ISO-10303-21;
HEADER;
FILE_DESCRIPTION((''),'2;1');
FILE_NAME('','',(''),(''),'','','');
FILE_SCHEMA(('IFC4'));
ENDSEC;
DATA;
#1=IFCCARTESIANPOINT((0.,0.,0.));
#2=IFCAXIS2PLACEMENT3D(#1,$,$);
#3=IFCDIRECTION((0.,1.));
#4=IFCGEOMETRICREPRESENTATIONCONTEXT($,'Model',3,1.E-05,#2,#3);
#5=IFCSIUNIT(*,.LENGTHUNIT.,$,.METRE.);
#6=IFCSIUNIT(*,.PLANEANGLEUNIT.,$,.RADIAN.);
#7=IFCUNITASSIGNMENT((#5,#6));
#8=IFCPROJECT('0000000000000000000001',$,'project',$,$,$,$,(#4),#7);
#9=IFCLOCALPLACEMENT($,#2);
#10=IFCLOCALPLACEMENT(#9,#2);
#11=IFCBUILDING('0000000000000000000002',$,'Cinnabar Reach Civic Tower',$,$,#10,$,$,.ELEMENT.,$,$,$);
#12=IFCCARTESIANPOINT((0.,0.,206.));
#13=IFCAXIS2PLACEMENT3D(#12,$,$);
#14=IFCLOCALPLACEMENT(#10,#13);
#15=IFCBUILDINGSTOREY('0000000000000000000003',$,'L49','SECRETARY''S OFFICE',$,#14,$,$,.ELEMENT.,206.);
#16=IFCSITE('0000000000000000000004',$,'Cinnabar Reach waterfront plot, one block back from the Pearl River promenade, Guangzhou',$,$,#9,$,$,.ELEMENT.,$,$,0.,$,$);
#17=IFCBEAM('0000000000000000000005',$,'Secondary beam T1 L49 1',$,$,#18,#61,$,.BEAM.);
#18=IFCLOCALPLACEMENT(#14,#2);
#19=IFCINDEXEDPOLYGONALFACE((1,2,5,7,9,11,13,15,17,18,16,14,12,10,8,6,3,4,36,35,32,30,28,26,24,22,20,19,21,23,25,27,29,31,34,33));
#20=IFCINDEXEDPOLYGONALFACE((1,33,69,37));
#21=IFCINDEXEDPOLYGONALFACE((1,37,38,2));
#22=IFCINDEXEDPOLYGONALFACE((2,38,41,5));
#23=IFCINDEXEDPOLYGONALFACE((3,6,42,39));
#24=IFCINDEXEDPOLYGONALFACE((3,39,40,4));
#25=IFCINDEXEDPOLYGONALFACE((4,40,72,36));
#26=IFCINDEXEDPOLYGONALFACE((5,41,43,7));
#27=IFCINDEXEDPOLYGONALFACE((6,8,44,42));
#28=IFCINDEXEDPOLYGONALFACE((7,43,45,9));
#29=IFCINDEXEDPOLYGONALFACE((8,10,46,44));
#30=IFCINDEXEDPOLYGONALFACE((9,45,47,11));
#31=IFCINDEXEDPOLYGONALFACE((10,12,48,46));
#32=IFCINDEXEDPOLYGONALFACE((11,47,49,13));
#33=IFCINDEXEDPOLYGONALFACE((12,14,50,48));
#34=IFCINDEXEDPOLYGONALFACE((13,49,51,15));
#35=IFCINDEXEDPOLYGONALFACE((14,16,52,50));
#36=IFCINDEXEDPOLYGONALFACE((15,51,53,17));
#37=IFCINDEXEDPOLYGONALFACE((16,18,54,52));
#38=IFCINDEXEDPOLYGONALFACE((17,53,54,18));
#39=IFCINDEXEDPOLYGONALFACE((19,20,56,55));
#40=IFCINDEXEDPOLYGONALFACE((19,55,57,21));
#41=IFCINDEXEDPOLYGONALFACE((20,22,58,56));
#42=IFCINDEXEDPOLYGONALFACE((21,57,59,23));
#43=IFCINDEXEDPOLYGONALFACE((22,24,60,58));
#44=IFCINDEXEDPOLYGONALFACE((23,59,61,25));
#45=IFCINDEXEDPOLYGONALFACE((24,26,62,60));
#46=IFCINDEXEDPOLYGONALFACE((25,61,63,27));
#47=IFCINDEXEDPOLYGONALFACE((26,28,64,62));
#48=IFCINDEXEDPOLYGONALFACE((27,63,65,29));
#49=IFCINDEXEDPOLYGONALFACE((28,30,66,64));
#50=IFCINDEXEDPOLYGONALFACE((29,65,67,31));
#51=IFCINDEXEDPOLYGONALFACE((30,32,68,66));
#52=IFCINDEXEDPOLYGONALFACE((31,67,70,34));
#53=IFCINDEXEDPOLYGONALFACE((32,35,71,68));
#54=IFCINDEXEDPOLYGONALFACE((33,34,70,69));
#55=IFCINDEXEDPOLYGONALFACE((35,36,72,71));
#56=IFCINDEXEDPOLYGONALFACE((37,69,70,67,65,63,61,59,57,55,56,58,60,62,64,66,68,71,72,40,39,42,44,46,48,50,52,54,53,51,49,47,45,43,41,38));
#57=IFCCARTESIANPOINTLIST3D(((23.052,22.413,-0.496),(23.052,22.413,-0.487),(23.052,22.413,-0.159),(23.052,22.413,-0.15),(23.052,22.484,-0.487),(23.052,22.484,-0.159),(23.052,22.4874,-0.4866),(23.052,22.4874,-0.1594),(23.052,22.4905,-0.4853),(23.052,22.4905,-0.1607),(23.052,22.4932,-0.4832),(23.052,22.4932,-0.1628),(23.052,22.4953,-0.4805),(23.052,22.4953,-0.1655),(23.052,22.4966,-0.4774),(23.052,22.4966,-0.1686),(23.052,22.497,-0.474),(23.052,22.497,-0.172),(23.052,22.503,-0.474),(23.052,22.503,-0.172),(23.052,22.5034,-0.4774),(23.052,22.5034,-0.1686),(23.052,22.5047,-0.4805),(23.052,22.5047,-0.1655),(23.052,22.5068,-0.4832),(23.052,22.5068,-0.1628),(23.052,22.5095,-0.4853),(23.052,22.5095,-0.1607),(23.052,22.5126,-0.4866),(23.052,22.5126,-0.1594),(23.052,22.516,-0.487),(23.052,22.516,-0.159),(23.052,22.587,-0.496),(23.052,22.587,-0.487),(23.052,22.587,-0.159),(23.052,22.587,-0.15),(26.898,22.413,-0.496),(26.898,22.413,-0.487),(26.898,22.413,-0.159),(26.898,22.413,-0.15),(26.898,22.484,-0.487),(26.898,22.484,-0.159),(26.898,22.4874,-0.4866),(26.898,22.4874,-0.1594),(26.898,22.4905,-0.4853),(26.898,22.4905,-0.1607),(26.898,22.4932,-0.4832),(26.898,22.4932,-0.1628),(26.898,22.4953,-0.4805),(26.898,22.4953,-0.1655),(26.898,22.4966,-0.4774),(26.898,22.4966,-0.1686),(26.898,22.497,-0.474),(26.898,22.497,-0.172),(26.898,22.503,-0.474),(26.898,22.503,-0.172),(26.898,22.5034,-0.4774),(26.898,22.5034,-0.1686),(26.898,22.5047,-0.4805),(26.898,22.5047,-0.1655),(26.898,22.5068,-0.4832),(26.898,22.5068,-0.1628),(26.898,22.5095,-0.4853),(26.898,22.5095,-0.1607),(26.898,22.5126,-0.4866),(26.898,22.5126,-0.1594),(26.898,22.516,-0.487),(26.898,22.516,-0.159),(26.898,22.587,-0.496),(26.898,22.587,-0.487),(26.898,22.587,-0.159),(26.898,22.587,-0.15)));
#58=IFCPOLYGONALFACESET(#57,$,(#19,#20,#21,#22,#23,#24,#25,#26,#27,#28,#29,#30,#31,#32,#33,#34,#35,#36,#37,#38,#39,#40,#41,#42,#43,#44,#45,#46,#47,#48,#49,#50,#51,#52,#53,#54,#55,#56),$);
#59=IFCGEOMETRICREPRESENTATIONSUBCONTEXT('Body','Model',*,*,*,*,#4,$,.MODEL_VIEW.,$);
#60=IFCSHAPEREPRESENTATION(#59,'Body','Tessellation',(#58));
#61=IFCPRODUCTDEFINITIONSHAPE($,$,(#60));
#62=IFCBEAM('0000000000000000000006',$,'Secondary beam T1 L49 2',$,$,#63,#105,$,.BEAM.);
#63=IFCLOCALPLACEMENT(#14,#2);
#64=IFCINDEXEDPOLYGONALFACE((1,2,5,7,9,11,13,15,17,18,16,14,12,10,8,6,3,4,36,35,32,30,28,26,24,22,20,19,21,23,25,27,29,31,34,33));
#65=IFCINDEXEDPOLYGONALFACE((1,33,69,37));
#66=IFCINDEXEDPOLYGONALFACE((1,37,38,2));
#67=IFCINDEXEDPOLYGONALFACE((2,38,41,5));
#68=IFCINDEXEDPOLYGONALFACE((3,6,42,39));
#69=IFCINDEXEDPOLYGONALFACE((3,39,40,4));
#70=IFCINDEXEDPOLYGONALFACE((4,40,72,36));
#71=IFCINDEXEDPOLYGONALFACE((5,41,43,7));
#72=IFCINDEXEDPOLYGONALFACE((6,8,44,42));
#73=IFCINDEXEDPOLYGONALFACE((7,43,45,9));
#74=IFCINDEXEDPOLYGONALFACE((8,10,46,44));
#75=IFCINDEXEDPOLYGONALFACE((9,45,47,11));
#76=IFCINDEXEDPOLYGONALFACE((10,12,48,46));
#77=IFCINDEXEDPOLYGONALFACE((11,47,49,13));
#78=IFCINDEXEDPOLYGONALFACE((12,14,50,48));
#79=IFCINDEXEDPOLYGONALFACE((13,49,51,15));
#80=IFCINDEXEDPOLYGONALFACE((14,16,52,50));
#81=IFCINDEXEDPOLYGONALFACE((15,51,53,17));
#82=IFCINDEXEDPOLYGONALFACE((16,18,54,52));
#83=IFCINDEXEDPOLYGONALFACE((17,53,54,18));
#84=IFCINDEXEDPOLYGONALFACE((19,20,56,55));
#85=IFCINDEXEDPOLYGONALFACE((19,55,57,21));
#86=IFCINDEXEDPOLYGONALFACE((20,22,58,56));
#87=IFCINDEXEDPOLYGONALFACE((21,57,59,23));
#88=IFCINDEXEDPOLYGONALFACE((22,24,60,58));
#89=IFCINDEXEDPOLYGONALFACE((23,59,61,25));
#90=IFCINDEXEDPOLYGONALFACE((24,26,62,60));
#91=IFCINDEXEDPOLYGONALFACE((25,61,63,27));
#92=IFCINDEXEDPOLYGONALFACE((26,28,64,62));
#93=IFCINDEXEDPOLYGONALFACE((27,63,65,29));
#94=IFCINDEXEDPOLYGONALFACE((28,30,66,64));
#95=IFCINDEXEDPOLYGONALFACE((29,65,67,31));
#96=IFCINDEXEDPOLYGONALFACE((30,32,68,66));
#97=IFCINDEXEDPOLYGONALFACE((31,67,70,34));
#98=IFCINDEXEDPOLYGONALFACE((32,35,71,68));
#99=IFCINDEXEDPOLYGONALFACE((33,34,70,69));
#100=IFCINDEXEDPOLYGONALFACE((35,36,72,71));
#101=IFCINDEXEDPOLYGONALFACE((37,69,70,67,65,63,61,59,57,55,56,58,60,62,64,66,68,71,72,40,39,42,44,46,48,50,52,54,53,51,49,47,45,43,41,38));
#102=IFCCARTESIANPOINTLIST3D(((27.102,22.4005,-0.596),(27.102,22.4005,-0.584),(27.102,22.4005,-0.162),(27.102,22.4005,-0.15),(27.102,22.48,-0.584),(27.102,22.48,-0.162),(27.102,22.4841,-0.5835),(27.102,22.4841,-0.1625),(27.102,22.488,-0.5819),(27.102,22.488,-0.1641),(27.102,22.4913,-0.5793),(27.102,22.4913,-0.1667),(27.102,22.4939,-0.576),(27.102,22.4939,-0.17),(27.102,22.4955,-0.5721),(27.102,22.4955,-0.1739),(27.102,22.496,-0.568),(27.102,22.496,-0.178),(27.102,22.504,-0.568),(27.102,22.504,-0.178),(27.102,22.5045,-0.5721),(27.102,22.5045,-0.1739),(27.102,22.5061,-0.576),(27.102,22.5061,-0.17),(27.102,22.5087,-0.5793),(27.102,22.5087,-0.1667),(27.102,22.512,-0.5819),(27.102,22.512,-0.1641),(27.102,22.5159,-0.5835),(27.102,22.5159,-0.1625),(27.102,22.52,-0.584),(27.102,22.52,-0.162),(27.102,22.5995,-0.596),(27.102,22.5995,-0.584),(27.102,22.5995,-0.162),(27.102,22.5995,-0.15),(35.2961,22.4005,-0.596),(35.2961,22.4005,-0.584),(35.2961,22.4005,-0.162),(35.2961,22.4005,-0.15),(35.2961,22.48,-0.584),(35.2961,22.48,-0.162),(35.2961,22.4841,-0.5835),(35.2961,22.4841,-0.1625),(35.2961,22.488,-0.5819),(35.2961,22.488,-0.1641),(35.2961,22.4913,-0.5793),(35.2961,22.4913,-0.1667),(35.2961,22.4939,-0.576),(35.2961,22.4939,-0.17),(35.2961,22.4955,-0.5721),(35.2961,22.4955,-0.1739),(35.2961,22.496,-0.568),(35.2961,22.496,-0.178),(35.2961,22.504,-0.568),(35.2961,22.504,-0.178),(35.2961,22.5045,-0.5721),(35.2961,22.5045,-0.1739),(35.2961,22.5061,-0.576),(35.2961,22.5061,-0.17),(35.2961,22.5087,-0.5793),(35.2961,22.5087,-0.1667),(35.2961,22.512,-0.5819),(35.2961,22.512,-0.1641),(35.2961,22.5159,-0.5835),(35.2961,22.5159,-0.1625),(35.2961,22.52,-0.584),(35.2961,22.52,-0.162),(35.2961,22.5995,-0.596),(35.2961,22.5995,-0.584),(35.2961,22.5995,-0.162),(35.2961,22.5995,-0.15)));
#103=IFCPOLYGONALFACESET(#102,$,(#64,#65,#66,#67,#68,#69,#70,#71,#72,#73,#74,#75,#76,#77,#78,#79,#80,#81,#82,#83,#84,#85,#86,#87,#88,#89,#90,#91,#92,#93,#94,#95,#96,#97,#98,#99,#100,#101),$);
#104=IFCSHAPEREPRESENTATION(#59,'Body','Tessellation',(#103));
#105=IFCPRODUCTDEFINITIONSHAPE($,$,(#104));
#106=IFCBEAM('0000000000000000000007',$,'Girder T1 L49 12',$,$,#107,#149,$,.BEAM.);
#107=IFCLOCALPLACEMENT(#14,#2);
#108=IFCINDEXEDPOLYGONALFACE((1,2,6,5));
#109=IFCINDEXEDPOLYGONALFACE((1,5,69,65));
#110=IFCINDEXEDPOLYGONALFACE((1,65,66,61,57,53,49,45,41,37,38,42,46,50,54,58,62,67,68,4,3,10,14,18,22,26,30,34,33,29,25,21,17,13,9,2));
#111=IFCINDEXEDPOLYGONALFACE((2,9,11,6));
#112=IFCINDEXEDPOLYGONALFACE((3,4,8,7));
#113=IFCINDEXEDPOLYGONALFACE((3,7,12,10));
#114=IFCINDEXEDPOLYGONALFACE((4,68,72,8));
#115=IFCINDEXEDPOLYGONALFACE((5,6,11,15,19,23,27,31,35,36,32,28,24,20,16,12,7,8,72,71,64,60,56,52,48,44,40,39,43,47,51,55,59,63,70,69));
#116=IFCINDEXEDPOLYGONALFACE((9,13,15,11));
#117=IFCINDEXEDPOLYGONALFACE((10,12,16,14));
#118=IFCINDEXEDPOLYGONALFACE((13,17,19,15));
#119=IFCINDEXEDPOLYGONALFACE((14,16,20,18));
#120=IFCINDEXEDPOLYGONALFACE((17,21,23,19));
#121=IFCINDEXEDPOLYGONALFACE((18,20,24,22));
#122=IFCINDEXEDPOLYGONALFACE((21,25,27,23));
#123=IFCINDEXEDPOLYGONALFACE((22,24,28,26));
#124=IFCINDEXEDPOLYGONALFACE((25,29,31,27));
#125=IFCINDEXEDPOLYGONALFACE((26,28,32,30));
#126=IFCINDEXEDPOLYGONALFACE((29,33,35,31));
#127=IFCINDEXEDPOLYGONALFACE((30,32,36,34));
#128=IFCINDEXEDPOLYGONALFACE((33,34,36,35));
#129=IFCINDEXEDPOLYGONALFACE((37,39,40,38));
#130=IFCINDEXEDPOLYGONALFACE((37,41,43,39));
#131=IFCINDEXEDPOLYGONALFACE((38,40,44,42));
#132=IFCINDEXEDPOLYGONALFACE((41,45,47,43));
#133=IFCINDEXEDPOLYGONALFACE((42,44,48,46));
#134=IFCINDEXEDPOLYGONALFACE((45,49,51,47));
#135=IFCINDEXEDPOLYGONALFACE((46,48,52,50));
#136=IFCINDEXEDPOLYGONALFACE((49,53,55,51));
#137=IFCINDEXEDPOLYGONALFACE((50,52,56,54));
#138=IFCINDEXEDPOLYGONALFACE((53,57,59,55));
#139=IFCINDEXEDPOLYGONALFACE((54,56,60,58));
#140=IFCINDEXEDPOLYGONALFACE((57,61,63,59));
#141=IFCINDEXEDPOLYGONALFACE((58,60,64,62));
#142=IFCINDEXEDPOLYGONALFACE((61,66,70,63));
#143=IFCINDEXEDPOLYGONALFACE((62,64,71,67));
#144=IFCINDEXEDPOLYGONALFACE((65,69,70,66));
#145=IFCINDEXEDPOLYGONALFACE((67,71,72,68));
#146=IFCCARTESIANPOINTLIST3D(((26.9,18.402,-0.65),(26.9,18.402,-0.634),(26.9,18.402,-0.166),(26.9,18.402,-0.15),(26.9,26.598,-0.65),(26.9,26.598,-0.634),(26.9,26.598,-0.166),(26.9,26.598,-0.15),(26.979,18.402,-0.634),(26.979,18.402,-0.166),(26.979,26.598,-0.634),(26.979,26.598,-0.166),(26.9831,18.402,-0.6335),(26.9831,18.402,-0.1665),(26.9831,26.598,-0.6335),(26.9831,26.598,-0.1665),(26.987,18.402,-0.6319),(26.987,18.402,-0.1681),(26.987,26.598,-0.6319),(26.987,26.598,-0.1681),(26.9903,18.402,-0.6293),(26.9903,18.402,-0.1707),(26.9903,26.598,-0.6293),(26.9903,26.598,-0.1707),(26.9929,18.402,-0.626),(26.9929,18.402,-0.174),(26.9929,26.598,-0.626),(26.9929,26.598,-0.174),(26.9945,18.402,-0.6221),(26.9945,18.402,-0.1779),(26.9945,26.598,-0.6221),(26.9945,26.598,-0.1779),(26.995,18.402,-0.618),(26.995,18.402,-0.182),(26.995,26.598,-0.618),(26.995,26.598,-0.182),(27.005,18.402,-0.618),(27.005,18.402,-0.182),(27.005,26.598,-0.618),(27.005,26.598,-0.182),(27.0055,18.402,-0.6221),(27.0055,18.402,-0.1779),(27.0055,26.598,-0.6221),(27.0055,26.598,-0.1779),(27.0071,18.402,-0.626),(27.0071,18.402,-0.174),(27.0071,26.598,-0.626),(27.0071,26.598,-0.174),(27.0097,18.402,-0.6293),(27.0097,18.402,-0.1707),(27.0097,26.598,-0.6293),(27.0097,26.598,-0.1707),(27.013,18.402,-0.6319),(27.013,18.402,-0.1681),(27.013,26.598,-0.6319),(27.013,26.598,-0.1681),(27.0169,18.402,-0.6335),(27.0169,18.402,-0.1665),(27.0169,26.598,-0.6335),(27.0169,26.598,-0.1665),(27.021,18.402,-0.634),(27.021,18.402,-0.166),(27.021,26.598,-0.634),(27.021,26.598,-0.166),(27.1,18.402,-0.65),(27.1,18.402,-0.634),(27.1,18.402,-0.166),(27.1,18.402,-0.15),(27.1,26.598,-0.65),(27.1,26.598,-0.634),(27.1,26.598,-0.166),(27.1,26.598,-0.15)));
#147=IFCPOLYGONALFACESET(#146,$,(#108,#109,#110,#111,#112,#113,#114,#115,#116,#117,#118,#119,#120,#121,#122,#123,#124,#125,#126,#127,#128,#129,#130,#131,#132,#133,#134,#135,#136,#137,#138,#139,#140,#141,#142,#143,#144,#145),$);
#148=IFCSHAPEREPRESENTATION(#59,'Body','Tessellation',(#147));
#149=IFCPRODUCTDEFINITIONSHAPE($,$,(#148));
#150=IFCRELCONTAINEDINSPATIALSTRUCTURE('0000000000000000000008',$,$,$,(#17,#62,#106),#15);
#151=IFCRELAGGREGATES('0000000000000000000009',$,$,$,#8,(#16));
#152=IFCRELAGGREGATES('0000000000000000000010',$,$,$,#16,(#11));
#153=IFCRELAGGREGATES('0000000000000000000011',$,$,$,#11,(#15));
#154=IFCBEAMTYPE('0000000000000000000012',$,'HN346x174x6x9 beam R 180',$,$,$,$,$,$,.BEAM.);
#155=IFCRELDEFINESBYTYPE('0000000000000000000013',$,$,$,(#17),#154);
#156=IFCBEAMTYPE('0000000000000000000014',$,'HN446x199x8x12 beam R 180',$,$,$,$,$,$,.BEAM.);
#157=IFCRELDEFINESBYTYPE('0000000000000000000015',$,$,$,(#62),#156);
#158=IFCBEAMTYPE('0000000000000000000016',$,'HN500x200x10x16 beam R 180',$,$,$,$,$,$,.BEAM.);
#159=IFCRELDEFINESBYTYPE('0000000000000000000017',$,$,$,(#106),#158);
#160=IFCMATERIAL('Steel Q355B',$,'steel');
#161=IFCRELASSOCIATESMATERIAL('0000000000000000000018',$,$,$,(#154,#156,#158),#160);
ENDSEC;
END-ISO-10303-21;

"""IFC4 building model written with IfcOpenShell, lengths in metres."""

from ifc_helpers import new_model, si_unit, direction, frame, origin, origin_2d, place, context, subcontext, project, spatial, i_section, extrude, material, material_profile, profile_set, type_object, element, save


model = new_model("IFC4")

# Units and contexts
model_context = context("Model", 3, precision=1e-05, world=origin(), true_north=direction((0.0, 1.0)))
body_context = subcontext(model_context, "Body", "Model", "MODEL_VIEW")
ifc_project = project(units=[si_unit("LENGTHUNIT", "METRE"), si_unit("PLANEANGLEUNIT", "RADIAN")], contexts=[model_context])

# Site, building, storey
site_placement = place(None, origin())
site = spatial("IfcSite", under=ifc_project, at=site_placement, Name="Cinnabar Reach waterfront plot, one block back from the Pearl River promenade, Guangzhou", CompositionType="ELEMENT", RefElevation=0.0)
building_placement = place(site_placement, origin())
building = spatial("IfcBuilding", under=site, at=building_placement, Name="Cinnabar Reach Civic Tower", CompositionType="ELEMENT")
storey_placement = place(building_placement, frame((0.0, 0.0, 206.0)))
storey = spatial("IfcBuildingStorey", under=building, at=storey_placement, Name="L49", Description="SECRETARY'S OFFICE", CompositionType="ELEMENT", Elevation=206.0)

# Beams
ifc_material_1 = material(Name="Steel Q355B", Category="steel")
ifc_material_profile_1 = material_profile(ifc_material_1, i_section(OverallWidth=0.174, OverallDepth=0.346, WebThickness=0.006, FlangeThickness=0.009, FilletRadius=0.013, at=origin_2d()), Name="HN346x174x6x9")
ifc_profile_set_1 = profile_set([ifc_material_profile_1], Name="Steel Q355B")
beam_type_1 = type_object("IfcBeamType", Name="HN346x174x6x9 beam R 180", PredefinedType="BEAM", material=ifc_profile_set_1)
beam_1_placement = place(storey_placement, frame((23.052, 22.5, -0.323), z_axis=(1.0, 0.0, 0.0), x_axis=(0.0, 1.0, 0.0)))
element("IfcBeam", 1, at=beam_1_placement, inside=storey, type_object=beam_type_1, Name="Secondary beam T1 L49 1", PredefinedType="BEAM", context=body_context, shape_type="SweptSolid", body=[
    extrude(i_section(OverallWidth=0.174, OverallDepth=0.346, WebThickness=0.006, FlangeThickness=0.009, FilletRadius=0.013, at=origin_2d()), origin(), (0.0, 0.0, 1.0), 3.846),
])
ifc_material_profile_2 = material_profile(ifc_material_1, i_section(OverallWidth=0.199, OverallDepth=0.446, WebThickness=0.008, FlangeThickness=0.012, FilletRadius=0.016, at=origin_2d()), Name="HN446x199x8x12")
ifc_profile_set_2 = profile_set([ifc_material_profile_2], Name="Steel Q355B")
beam_type_2 = type_object("IfcBeamType", Name="HN446x199x8x12 beam R 180", PredefinedType="BEAM", material=ifc_profile_set_2)
beam_2_placement = place(storey_placement, frame((27.102, 22.5, -0.373), z_axis=(1.0, 0.0, 0.0), x_axis=(0.0, 1.0, 0.0)))
element("IfcBeam", 2, at=beam_2_placement, inside=storey, type_object=beam_type_2, Name="Secondary beam T1 L49 2", PredefinedType="BEAM", context=body_context, shape_type="SweptSolid", body=[
    extrude(i_section(OverallWidth=0.199, OverallDepth=0.446, WebThickness=0.008, FlangeThickness=0.012, FilletRadius=0.016, at=origin_2d()), origin(), (0.0, 0.0, 1.0), 8.1941),
])
ifc_material_profile_3 = material_profile(ifc_material_1, i_section(OverallWidth=0.2, OverallDepth=0.5, WebThickness=0.01, FlangeThickness=0.016, FilletRadius=0.016, at=origin_2d()), Name="HN500x200x10x16")
ifc_profile_set_3 = profile_set([ifc_material_profile_3], Name="Steel Q355B")
beam_type_3 = type_object("IfcBeamType", Name="HN500x200x10x16 beam R 180", PredefinedType="BEAM", material=ifc_profile_set_3)
beam_3_placement = place(storey_placement, frame((27.0, 18.402, -0.4), z_axis=(0.0, 1.0, 0.0), x_axis=(-1.0, 0.0, 0.0)))
element("IfcBeam", 3, at=beam_3_placement, inside=storey, type_object=beam_type_3, Name="Girder T1 L49 12", PredefinedType="BEAM", context=body_context, shape_type="SweptSolid", body=[
    extrude(i_section(OverallWidth=0.2, OverallDepth=0.5, WebThickness=0.01, FlangeThickness=0.016, FilletRadius=0.016, at=origin_2d()), origin(), (0.0, 0.0, 1.0), 8.196),
])

save(model, "model.ifc")
